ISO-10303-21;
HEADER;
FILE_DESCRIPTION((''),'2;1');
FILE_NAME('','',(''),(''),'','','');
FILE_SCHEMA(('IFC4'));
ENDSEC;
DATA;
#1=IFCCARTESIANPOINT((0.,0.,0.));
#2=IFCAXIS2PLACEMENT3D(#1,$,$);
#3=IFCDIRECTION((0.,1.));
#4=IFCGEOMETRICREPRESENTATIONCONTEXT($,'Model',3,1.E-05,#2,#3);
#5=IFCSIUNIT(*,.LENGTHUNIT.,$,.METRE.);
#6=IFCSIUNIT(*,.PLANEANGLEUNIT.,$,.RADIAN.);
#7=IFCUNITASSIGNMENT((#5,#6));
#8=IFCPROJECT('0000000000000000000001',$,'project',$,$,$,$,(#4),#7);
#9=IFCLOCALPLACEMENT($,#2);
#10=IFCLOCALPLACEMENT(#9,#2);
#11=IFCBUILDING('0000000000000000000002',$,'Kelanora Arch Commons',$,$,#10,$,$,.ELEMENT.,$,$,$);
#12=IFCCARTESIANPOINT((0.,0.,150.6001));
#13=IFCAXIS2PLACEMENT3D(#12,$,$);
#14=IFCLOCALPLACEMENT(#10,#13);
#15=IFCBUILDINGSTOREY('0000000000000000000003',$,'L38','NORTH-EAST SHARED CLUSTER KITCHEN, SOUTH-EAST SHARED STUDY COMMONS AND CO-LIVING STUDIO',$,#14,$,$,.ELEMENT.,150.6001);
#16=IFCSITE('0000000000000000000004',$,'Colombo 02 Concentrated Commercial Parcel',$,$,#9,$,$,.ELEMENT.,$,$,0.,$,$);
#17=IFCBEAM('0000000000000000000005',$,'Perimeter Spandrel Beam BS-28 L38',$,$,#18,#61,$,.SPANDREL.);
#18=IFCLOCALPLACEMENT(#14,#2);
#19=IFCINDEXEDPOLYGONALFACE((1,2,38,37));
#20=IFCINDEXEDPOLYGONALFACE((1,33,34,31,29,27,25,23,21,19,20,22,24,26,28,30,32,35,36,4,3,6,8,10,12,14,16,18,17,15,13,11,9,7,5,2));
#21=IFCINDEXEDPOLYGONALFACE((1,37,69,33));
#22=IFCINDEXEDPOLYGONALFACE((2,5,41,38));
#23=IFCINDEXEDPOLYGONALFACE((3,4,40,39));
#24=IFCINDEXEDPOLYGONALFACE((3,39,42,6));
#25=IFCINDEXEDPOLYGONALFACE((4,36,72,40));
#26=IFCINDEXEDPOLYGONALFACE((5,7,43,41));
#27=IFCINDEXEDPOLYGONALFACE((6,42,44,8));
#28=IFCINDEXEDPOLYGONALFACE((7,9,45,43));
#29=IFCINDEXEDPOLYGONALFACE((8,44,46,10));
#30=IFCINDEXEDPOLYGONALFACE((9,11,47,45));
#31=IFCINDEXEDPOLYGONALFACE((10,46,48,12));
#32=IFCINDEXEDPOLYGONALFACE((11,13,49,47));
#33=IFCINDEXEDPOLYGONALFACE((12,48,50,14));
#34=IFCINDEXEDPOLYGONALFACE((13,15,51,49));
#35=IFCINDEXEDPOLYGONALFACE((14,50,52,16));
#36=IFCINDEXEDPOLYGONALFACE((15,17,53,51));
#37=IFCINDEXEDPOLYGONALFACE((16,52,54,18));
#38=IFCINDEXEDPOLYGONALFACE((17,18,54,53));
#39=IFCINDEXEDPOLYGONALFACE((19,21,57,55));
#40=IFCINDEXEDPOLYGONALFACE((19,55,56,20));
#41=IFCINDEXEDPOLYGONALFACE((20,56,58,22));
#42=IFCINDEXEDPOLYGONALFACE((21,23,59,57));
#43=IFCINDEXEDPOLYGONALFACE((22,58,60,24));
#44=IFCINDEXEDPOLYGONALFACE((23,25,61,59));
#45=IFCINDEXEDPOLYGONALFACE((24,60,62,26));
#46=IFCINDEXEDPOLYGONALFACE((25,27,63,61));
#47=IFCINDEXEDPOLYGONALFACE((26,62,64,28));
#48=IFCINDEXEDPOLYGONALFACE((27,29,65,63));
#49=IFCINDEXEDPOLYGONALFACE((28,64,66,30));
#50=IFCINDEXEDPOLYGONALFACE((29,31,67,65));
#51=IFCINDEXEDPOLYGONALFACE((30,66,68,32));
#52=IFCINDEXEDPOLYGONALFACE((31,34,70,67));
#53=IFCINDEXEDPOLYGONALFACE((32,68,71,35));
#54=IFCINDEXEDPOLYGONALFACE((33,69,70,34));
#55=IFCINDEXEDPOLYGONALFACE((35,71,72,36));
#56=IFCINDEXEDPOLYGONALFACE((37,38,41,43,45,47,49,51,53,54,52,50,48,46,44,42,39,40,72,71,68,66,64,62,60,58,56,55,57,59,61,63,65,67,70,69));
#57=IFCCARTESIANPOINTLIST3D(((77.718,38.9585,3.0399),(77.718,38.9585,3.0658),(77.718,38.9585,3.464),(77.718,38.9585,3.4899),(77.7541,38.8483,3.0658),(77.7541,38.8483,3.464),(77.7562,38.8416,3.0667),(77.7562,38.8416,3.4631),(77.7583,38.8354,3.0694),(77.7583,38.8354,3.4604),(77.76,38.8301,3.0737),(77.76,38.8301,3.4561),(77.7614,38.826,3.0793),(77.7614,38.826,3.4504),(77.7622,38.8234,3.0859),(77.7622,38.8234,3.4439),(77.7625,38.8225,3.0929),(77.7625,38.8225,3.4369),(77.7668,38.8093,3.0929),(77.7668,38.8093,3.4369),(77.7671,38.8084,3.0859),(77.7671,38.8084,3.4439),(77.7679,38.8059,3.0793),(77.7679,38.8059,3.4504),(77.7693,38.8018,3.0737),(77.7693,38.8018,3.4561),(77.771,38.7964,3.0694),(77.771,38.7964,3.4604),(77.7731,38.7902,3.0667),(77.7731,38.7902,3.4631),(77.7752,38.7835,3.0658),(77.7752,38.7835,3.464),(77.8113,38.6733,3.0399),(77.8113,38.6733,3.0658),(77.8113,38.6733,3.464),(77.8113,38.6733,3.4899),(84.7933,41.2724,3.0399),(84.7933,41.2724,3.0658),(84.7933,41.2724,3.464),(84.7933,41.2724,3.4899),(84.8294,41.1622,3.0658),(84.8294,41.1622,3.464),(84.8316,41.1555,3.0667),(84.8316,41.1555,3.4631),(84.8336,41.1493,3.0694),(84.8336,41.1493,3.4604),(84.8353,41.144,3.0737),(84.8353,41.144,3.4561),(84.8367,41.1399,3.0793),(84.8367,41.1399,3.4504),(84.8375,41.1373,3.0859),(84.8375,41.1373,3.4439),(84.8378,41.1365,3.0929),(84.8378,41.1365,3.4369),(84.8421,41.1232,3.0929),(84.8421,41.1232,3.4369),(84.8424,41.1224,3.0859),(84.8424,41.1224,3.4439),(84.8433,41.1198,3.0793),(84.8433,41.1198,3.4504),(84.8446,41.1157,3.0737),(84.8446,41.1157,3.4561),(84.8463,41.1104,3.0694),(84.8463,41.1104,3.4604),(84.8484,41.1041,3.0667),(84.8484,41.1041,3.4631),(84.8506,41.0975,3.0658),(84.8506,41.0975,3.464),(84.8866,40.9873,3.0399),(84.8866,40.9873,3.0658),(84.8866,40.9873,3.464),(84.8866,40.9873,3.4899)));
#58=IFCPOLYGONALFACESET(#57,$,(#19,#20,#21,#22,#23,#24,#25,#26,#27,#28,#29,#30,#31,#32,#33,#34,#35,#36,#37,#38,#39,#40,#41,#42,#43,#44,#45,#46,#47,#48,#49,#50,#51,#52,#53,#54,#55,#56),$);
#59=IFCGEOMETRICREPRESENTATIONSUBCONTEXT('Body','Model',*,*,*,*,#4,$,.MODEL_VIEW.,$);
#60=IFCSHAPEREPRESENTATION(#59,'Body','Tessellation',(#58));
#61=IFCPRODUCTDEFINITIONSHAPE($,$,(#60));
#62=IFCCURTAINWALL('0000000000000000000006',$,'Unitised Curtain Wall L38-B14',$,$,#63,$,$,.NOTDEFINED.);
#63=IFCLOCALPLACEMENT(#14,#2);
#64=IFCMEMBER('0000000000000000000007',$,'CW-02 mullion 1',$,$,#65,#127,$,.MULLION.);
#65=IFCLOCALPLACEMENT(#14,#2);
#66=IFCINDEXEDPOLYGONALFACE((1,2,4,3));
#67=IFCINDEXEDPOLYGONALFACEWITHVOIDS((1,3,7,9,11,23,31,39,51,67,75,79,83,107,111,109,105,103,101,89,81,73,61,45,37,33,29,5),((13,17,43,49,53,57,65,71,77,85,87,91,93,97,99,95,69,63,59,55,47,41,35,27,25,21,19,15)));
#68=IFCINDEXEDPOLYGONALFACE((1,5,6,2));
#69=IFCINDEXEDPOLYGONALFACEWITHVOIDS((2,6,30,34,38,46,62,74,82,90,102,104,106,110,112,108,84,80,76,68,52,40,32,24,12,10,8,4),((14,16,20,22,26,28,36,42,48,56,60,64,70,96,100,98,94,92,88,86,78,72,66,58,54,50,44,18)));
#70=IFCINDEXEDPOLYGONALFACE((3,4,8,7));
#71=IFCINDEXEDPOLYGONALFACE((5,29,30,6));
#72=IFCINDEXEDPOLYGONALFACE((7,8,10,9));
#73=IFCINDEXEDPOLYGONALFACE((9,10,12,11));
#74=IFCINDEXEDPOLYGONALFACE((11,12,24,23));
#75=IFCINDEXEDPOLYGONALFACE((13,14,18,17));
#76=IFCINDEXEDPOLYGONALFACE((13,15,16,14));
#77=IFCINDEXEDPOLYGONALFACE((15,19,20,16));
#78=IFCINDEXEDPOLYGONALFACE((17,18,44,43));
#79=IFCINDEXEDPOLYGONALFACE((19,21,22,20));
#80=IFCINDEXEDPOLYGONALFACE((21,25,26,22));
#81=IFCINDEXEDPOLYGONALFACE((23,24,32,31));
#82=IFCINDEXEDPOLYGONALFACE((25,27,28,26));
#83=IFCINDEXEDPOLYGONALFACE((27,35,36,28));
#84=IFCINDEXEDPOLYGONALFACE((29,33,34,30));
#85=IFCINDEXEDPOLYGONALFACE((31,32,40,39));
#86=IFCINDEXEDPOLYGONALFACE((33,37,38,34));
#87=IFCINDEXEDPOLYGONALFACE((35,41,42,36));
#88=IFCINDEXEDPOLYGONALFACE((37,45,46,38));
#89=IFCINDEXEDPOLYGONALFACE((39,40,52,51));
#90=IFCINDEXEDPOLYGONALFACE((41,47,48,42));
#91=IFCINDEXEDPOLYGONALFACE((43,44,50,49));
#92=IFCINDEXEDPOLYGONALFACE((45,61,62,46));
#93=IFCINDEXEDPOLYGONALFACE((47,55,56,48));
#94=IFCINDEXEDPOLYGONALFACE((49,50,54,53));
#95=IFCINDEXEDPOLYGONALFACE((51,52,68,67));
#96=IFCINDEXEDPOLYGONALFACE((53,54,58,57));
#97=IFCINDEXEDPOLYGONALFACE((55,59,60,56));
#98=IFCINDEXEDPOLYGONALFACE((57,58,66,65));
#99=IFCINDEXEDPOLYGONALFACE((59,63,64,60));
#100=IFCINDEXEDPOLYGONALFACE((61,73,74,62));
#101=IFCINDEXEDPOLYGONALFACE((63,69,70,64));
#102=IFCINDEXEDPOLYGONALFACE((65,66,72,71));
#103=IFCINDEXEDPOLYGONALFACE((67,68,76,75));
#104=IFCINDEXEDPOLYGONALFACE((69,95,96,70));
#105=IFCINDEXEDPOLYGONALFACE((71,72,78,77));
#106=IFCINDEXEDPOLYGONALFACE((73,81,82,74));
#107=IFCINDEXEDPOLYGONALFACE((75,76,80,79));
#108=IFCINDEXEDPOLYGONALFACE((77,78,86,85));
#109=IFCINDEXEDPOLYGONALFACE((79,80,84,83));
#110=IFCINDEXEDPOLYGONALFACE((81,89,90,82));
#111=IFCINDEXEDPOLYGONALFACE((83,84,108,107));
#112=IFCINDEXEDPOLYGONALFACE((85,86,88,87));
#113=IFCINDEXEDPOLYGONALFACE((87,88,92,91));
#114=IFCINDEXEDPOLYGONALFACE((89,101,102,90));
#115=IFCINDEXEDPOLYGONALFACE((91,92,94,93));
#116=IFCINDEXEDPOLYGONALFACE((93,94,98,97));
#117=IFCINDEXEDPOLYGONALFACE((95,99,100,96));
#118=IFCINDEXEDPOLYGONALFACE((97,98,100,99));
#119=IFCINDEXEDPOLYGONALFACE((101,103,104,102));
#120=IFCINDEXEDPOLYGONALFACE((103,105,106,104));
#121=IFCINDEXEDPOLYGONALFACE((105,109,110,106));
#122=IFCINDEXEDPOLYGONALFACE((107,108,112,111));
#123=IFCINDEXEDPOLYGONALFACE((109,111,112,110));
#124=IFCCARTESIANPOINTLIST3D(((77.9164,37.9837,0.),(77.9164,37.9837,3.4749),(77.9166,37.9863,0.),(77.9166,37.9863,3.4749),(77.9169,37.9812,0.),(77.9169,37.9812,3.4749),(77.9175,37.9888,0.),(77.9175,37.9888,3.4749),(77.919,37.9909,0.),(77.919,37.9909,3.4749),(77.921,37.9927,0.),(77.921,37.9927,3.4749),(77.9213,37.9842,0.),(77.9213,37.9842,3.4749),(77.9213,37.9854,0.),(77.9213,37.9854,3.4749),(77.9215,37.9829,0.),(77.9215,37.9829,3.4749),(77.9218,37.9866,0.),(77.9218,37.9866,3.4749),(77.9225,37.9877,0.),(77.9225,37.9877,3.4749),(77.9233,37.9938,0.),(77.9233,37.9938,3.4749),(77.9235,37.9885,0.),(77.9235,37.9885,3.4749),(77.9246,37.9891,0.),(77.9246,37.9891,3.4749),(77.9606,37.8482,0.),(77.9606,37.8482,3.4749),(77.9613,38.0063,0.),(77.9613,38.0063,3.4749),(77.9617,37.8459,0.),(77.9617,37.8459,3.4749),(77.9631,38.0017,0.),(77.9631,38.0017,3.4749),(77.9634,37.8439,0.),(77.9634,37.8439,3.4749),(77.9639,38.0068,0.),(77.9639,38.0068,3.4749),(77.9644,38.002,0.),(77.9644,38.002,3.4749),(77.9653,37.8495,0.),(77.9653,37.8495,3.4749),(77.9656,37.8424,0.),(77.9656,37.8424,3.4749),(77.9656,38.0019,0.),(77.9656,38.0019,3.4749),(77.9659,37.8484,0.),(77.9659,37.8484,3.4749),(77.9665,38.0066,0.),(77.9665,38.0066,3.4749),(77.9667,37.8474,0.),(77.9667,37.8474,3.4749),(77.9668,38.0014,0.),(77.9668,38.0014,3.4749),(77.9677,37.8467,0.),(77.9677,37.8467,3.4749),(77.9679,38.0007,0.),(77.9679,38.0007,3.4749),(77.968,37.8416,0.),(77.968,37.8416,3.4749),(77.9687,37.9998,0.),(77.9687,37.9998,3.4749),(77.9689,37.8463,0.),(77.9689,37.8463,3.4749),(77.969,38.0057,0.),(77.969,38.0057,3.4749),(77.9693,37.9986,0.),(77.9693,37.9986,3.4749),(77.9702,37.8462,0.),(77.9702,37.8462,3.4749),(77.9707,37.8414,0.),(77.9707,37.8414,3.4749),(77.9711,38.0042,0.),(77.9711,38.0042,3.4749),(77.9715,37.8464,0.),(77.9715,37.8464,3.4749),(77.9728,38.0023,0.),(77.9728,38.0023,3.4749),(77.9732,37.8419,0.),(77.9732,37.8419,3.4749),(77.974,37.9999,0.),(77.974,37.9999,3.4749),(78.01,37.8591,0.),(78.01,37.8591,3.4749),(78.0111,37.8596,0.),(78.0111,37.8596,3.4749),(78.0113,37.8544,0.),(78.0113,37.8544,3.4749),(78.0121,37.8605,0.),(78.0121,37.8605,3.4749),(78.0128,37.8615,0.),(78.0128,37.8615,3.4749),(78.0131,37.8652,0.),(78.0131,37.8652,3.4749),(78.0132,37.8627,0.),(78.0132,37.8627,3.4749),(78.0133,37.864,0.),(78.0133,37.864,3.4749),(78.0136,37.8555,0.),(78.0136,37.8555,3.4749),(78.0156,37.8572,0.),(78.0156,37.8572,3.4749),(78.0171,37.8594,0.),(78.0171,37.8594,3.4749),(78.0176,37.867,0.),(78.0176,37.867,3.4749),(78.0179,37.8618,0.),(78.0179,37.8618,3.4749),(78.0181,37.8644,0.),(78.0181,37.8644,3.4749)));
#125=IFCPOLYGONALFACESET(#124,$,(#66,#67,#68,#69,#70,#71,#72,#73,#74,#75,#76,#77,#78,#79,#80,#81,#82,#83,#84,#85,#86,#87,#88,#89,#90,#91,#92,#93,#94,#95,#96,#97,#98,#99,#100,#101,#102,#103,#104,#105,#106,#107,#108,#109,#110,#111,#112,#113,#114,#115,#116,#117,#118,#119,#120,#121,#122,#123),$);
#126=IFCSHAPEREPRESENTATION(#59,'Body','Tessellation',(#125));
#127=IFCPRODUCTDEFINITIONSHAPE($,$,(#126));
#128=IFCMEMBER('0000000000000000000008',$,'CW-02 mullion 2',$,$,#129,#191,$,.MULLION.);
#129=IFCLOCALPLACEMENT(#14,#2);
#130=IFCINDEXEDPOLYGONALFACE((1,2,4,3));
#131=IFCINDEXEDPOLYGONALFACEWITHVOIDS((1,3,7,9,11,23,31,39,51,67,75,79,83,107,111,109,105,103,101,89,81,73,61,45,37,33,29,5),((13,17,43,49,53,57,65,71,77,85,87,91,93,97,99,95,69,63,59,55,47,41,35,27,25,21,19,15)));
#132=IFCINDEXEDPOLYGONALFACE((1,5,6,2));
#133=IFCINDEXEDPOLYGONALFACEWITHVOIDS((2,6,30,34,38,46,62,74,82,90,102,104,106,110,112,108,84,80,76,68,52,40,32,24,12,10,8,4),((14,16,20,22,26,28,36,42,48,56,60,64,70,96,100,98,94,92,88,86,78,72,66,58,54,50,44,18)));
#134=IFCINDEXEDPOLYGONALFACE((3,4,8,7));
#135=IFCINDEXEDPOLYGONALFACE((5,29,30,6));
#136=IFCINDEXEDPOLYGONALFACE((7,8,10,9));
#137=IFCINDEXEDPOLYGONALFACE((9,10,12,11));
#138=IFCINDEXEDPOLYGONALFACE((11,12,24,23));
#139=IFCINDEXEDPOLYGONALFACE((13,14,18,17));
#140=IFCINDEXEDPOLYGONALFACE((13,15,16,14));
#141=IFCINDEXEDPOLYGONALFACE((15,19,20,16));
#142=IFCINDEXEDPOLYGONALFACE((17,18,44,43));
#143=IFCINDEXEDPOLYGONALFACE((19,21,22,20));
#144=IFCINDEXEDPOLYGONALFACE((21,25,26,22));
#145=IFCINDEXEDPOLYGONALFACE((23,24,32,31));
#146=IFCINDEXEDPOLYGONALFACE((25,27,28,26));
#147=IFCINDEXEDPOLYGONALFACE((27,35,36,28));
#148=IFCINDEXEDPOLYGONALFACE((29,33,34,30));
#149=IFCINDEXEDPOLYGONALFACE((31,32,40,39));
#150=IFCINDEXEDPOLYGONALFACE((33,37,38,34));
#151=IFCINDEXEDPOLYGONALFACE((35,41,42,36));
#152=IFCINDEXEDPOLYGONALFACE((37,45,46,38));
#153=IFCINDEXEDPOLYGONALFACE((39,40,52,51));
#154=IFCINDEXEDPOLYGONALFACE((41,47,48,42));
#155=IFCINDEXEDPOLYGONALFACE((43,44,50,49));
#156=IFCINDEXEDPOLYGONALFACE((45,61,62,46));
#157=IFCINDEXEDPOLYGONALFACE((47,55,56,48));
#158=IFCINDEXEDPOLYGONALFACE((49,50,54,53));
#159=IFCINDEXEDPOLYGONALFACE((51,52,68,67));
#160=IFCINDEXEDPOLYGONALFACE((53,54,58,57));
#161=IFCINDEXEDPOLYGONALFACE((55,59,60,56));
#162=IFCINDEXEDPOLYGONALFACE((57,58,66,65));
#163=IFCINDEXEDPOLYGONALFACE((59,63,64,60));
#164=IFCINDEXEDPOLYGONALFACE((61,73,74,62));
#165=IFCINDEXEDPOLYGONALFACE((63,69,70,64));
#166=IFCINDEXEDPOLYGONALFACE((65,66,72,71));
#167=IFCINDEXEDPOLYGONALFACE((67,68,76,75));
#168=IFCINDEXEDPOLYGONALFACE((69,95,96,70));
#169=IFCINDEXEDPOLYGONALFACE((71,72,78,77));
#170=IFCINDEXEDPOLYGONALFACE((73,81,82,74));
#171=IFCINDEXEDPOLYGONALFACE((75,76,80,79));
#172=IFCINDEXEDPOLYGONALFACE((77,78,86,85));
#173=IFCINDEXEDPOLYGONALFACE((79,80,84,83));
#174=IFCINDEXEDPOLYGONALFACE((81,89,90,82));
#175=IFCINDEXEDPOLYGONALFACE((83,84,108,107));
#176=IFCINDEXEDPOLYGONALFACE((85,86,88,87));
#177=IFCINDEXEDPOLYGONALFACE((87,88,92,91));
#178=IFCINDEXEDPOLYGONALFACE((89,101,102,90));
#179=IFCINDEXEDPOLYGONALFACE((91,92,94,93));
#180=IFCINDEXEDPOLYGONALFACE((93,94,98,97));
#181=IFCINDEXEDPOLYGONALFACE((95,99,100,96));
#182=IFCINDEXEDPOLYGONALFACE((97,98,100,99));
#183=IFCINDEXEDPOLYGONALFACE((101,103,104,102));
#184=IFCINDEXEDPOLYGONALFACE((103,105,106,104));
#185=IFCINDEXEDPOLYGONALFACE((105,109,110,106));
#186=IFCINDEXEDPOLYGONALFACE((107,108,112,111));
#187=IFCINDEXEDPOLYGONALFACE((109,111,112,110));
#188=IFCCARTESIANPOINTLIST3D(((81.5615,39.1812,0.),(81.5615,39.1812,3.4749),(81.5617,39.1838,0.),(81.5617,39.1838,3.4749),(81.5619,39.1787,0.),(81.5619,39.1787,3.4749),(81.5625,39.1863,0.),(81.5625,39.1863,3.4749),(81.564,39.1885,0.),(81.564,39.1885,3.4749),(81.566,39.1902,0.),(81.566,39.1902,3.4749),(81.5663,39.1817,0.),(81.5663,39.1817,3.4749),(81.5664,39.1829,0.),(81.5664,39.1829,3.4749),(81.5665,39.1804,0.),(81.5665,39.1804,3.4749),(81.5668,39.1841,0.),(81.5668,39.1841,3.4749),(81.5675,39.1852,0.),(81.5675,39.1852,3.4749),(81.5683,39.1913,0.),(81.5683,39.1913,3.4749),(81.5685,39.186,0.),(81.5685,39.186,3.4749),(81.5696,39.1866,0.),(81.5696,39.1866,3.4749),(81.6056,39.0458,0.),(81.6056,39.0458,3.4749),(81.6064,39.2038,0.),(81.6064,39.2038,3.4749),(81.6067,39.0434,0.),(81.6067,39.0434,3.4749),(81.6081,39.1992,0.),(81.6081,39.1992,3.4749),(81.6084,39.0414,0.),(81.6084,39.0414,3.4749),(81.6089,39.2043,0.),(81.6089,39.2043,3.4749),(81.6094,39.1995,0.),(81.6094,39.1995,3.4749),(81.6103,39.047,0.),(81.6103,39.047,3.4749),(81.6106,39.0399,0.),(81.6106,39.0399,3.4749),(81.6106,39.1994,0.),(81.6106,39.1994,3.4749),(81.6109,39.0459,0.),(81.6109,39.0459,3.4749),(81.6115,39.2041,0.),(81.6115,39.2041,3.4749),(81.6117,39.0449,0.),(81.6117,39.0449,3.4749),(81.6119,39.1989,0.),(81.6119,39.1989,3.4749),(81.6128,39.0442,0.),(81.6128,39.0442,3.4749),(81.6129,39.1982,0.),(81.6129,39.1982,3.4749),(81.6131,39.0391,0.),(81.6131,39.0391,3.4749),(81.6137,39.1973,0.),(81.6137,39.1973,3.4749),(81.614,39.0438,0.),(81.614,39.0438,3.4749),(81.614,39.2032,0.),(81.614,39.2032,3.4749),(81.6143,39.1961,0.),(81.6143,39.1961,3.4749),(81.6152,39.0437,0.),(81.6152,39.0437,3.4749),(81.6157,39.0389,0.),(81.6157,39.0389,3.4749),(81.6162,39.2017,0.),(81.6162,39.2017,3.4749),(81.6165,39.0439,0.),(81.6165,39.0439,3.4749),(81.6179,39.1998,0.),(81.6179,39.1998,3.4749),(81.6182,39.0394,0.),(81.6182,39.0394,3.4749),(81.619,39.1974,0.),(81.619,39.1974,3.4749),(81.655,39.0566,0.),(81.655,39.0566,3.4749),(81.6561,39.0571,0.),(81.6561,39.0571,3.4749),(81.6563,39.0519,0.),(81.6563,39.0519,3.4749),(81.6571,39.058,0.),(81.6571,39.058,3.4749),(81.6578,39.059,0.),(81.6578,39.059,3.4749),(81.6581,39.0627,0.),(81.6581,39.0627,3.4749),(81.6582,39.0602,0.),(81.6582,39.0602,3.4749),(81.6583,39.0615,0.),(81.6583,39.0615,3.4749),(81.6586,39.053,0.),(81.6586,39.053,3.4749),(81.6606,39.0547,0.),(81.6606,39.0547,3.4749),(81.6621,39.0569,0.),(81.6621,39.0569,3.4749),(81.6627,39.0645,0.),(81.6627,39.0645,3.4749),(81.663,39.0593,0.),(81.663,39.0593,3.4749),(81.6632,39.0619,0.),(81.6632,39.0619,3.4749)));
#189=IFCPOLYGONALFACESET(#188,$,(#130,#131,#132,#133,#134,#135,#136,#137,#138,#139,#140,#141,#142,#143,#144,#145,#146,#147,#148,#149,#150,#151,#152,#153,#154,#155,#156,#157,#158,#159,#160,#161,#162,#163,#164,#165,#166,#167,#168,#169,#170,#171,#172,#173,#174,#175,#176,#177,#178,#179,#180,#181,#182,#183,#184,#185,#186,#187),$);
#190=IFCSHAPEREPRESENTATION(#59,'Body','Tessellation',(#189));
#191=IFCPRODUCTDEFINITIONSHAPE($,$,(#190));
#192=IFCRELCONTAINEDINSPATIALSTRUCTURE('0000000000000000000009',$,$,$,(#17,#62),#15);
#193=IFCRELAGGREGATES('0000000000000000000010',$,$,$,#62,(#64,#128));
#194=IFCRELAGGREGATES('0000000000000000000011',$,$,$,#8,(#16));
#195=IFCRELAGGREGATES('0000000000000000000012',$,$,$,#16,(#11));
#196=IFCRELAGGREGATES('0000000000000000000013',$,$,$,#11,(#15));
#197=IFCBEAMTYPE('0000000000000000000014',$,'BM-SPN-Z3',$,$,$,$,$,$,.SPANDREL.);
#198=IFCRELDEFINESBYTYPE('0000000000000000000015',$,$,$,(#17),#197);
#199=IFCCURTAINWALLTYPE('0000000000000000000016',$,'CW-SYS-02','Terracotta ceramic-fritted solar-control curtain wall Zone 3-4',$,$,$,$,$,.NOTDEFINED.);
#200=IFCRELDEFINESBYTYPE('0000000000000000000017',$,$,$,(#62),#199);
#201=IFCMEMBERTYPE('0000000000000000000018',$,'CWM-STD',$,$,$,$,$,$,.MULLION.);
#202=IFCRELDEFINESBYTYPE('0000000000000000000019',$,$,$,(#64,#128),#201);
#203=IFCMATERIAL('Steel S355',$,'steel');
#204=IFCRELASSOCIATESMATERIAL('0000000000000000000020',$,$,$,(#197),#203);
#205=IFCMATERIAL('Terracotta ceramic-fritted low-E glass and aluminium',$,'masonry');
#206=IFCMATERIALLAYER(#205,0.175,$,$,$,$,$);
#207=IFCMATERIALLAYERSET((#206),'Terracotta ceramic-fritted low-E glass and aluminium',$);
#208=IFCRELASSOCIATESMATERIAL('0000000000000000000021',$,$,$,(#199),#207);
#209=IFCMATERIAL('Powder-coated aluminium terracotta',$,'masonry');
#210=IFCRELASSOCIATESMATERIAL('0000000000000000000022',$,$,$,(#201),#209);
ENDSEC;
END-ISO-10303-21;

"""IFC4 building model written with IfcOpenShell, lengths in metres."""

from ifc_helpers import new_model, si_unit, direction, frame, origin, origin_2d, place, context, subcontext, project, spatial, hollow_rectangle, i_section, extrude, material, layer, layer_set, material_profile, profile_set, type_object, element, aggregate, save


model = new_model("IFC4")

# Units and contexts
model_context = context("Model", 3, precision=1e-05, world=origin(), true_north=direction((0.0, 1.0)))
body_context = subcontext(model_context, "Body", "Model", "MODEL_VIEW")
ifc_project = project(units=[si_unit("LENGTHUNIT", "METRE"), si_unit("PLANEANGLEUNIT", "RADIAN")], contexts=[model_context])

# Site, building, storey
site_placement = place(None, origin())
site = spatial("IfcSite", under=ifc_project, at=site_placement, Name="Colombo 02 Concentrated Commercial Parcel", CompositionType="ELEMENT", RefElevation=0.0)
building_placement = place(site_placement, origin())
building = spatial("IfcBuilding", under=site, at=building_placement, Name="Kelanora Arch Commons", CompositionType="ELEMENT")
storey_placement = place(building_placement, frame((0.0, 0.0, 150.6001)))
storey = spatial("IfcBuildingStorey", under=building, at=storey_placement, Name="L38", Description="NORTH-EAST SHARED CLUSTER KITCHEN, SOUTH-EAST SHARED STUDY COMMONS AND CO-LIVING STUDIO", CompositionType="ELEMENT", Elevation=150.6001)

# Beam
ifc_material_1 = material(Name="Steel S355", Category="steel")
ifc_material_profile_1 = material_profile(ifc_material_1, i_section(OverallWidth=0.3, OverallDepth=0.45, WebThickness=0.0139, FlangeThickness=0.0259, FilletRadius=0.0271, at=origin_2d()), Name="HEB450")
ifc_profile_set_1 = profile_set([ifc_material_profile_1], Name="Steel S355")
beam_type_1 = type_object("IfcBeamType", Name="BM-SPN-Z3", PredefinedType="SPANDREL", material=ifc_profile_set_1)
beam_1_placement = place(storey_placement, frame((77.7646, 38.8159, 3.2649), z_axis=(0.950462, 0.310841, 0.0), x_axis=(-0.310841, 0.950462, 0.0)))
element("IfcBeam", 1, at=beam_1_placement, inside=storey, type_object=beam_type_1, Name="Perimeter Spandrel Beam BS-28 L38", PredefinedType="SPANDREL", context=body_context, shape_type="SweptSolid", body=[
    extrude(i_section(OverallWidth=0.3, OverallDepth=0.45, WebThickness=0.0139, FlangeThickness=0.0259, FilletRadius=0.0271, at=origin_2d()), origin(), (0.0, 0.0, 1.0), 7.4441),
])

# Curtain wall, members
ifc_material_2 = material(Name="Terracotta ceramic-fritted low-E glass and aluminium", Category="masonry")
ifc_layer_1 = layer(ifc_material_2, 0.175)
ifc_layer_set_1 = layer_set([ifc_layer_1], Name="Terracotta ceramic-fritted low-E glass and aluminium")
curtain_wall_type = type_object("IfcCurtainWallType", Name="CW-SYS-02", Description="Terracotta ceramic-fritted solar-control curtain wall Zone 3-4", PredefinedType="NOTDEFINED", material=ifc_layer_set_1)
curtain_wall_placement = place(storey_placement, origin())
curtain_wall = element("IfcCurtainWall", 2, at=curtain_wall_placement, inside=storey, type_object=curtain_wall_type, Name="Unitised Curtain Wall L38-B14", PredefinedType="NOTDEFINED")
ifc_material_3 = material(Name="Powder-coated aluminium terracotta", Category="masonry")
ifc_material_profile_2 = material_profile(ifc_material_3, hollow_rectangle(XDim=0.1599, YDim=0.0601, WallThickness=0.0049, InnerFilletRadius=0.0049, OuterFilletRadius=0.01, at=origin_2d()), Name="CWM160x60")
ifc_profile_set_2 = profile_set([ifc_material_profile_2], Name="Powder-coated aluminium terracotta")
member_type_1 = type_object("IfcMemberType", Name="CWM-STD", PredefinedType="MULLION", material=ifc_profile_set_2)
member_1_placement = place(storey_placement, frame((77.9673, 37.9241, 0.0), z_axis=(0.0, 0.0, 1.0), x_axis=(-0.312128, 0.95004, 0.0)))
member_1 = element("IfcMember", 3, at=member_1_placement, type_object=member_type_1, Name="CW-02 mullion 1", PredefinedType="MULLION", context=body_context, shape_type="SweptSolid", body=[
    extrude(hollow_rectangle(XDim=0.1599, YDim=0.0601, WallThickness=0.0049, InnerFilletRadius=0.0049, OuterFilletRadius=0.01, at=origin_2d()), origin(), (0.0, 0.0, 1.0), 3.4749),
])
member_2_placement = place(storey_placement, frame((81.6123, 39.1216, 0.0), z_axis=(0.0, 0.0, 1.0), x_axis=(-0.312128, 0.95004, 0.0)))
member_2 = element("IfcMember", 4, at=member_2_placement, type_object=member_type_1, Name="CW-02 mullion 2", PredefinedType="MULLION", context=body_context, shape_type="SweptSolid", body=[
    extrude(hollow_rectangle(XDim=0.1599, YDim=0.0601, WallThickness=0.0049, InnerFilletRadius=0.0049, OuterFilletRadius=0.01, at=origin_2d()), origin(), (0.0, 0.0, 1.0), 3.4749),
])
aggregate(curtain_wall, [member_1, member_2])

save(model, "model.ifc")
